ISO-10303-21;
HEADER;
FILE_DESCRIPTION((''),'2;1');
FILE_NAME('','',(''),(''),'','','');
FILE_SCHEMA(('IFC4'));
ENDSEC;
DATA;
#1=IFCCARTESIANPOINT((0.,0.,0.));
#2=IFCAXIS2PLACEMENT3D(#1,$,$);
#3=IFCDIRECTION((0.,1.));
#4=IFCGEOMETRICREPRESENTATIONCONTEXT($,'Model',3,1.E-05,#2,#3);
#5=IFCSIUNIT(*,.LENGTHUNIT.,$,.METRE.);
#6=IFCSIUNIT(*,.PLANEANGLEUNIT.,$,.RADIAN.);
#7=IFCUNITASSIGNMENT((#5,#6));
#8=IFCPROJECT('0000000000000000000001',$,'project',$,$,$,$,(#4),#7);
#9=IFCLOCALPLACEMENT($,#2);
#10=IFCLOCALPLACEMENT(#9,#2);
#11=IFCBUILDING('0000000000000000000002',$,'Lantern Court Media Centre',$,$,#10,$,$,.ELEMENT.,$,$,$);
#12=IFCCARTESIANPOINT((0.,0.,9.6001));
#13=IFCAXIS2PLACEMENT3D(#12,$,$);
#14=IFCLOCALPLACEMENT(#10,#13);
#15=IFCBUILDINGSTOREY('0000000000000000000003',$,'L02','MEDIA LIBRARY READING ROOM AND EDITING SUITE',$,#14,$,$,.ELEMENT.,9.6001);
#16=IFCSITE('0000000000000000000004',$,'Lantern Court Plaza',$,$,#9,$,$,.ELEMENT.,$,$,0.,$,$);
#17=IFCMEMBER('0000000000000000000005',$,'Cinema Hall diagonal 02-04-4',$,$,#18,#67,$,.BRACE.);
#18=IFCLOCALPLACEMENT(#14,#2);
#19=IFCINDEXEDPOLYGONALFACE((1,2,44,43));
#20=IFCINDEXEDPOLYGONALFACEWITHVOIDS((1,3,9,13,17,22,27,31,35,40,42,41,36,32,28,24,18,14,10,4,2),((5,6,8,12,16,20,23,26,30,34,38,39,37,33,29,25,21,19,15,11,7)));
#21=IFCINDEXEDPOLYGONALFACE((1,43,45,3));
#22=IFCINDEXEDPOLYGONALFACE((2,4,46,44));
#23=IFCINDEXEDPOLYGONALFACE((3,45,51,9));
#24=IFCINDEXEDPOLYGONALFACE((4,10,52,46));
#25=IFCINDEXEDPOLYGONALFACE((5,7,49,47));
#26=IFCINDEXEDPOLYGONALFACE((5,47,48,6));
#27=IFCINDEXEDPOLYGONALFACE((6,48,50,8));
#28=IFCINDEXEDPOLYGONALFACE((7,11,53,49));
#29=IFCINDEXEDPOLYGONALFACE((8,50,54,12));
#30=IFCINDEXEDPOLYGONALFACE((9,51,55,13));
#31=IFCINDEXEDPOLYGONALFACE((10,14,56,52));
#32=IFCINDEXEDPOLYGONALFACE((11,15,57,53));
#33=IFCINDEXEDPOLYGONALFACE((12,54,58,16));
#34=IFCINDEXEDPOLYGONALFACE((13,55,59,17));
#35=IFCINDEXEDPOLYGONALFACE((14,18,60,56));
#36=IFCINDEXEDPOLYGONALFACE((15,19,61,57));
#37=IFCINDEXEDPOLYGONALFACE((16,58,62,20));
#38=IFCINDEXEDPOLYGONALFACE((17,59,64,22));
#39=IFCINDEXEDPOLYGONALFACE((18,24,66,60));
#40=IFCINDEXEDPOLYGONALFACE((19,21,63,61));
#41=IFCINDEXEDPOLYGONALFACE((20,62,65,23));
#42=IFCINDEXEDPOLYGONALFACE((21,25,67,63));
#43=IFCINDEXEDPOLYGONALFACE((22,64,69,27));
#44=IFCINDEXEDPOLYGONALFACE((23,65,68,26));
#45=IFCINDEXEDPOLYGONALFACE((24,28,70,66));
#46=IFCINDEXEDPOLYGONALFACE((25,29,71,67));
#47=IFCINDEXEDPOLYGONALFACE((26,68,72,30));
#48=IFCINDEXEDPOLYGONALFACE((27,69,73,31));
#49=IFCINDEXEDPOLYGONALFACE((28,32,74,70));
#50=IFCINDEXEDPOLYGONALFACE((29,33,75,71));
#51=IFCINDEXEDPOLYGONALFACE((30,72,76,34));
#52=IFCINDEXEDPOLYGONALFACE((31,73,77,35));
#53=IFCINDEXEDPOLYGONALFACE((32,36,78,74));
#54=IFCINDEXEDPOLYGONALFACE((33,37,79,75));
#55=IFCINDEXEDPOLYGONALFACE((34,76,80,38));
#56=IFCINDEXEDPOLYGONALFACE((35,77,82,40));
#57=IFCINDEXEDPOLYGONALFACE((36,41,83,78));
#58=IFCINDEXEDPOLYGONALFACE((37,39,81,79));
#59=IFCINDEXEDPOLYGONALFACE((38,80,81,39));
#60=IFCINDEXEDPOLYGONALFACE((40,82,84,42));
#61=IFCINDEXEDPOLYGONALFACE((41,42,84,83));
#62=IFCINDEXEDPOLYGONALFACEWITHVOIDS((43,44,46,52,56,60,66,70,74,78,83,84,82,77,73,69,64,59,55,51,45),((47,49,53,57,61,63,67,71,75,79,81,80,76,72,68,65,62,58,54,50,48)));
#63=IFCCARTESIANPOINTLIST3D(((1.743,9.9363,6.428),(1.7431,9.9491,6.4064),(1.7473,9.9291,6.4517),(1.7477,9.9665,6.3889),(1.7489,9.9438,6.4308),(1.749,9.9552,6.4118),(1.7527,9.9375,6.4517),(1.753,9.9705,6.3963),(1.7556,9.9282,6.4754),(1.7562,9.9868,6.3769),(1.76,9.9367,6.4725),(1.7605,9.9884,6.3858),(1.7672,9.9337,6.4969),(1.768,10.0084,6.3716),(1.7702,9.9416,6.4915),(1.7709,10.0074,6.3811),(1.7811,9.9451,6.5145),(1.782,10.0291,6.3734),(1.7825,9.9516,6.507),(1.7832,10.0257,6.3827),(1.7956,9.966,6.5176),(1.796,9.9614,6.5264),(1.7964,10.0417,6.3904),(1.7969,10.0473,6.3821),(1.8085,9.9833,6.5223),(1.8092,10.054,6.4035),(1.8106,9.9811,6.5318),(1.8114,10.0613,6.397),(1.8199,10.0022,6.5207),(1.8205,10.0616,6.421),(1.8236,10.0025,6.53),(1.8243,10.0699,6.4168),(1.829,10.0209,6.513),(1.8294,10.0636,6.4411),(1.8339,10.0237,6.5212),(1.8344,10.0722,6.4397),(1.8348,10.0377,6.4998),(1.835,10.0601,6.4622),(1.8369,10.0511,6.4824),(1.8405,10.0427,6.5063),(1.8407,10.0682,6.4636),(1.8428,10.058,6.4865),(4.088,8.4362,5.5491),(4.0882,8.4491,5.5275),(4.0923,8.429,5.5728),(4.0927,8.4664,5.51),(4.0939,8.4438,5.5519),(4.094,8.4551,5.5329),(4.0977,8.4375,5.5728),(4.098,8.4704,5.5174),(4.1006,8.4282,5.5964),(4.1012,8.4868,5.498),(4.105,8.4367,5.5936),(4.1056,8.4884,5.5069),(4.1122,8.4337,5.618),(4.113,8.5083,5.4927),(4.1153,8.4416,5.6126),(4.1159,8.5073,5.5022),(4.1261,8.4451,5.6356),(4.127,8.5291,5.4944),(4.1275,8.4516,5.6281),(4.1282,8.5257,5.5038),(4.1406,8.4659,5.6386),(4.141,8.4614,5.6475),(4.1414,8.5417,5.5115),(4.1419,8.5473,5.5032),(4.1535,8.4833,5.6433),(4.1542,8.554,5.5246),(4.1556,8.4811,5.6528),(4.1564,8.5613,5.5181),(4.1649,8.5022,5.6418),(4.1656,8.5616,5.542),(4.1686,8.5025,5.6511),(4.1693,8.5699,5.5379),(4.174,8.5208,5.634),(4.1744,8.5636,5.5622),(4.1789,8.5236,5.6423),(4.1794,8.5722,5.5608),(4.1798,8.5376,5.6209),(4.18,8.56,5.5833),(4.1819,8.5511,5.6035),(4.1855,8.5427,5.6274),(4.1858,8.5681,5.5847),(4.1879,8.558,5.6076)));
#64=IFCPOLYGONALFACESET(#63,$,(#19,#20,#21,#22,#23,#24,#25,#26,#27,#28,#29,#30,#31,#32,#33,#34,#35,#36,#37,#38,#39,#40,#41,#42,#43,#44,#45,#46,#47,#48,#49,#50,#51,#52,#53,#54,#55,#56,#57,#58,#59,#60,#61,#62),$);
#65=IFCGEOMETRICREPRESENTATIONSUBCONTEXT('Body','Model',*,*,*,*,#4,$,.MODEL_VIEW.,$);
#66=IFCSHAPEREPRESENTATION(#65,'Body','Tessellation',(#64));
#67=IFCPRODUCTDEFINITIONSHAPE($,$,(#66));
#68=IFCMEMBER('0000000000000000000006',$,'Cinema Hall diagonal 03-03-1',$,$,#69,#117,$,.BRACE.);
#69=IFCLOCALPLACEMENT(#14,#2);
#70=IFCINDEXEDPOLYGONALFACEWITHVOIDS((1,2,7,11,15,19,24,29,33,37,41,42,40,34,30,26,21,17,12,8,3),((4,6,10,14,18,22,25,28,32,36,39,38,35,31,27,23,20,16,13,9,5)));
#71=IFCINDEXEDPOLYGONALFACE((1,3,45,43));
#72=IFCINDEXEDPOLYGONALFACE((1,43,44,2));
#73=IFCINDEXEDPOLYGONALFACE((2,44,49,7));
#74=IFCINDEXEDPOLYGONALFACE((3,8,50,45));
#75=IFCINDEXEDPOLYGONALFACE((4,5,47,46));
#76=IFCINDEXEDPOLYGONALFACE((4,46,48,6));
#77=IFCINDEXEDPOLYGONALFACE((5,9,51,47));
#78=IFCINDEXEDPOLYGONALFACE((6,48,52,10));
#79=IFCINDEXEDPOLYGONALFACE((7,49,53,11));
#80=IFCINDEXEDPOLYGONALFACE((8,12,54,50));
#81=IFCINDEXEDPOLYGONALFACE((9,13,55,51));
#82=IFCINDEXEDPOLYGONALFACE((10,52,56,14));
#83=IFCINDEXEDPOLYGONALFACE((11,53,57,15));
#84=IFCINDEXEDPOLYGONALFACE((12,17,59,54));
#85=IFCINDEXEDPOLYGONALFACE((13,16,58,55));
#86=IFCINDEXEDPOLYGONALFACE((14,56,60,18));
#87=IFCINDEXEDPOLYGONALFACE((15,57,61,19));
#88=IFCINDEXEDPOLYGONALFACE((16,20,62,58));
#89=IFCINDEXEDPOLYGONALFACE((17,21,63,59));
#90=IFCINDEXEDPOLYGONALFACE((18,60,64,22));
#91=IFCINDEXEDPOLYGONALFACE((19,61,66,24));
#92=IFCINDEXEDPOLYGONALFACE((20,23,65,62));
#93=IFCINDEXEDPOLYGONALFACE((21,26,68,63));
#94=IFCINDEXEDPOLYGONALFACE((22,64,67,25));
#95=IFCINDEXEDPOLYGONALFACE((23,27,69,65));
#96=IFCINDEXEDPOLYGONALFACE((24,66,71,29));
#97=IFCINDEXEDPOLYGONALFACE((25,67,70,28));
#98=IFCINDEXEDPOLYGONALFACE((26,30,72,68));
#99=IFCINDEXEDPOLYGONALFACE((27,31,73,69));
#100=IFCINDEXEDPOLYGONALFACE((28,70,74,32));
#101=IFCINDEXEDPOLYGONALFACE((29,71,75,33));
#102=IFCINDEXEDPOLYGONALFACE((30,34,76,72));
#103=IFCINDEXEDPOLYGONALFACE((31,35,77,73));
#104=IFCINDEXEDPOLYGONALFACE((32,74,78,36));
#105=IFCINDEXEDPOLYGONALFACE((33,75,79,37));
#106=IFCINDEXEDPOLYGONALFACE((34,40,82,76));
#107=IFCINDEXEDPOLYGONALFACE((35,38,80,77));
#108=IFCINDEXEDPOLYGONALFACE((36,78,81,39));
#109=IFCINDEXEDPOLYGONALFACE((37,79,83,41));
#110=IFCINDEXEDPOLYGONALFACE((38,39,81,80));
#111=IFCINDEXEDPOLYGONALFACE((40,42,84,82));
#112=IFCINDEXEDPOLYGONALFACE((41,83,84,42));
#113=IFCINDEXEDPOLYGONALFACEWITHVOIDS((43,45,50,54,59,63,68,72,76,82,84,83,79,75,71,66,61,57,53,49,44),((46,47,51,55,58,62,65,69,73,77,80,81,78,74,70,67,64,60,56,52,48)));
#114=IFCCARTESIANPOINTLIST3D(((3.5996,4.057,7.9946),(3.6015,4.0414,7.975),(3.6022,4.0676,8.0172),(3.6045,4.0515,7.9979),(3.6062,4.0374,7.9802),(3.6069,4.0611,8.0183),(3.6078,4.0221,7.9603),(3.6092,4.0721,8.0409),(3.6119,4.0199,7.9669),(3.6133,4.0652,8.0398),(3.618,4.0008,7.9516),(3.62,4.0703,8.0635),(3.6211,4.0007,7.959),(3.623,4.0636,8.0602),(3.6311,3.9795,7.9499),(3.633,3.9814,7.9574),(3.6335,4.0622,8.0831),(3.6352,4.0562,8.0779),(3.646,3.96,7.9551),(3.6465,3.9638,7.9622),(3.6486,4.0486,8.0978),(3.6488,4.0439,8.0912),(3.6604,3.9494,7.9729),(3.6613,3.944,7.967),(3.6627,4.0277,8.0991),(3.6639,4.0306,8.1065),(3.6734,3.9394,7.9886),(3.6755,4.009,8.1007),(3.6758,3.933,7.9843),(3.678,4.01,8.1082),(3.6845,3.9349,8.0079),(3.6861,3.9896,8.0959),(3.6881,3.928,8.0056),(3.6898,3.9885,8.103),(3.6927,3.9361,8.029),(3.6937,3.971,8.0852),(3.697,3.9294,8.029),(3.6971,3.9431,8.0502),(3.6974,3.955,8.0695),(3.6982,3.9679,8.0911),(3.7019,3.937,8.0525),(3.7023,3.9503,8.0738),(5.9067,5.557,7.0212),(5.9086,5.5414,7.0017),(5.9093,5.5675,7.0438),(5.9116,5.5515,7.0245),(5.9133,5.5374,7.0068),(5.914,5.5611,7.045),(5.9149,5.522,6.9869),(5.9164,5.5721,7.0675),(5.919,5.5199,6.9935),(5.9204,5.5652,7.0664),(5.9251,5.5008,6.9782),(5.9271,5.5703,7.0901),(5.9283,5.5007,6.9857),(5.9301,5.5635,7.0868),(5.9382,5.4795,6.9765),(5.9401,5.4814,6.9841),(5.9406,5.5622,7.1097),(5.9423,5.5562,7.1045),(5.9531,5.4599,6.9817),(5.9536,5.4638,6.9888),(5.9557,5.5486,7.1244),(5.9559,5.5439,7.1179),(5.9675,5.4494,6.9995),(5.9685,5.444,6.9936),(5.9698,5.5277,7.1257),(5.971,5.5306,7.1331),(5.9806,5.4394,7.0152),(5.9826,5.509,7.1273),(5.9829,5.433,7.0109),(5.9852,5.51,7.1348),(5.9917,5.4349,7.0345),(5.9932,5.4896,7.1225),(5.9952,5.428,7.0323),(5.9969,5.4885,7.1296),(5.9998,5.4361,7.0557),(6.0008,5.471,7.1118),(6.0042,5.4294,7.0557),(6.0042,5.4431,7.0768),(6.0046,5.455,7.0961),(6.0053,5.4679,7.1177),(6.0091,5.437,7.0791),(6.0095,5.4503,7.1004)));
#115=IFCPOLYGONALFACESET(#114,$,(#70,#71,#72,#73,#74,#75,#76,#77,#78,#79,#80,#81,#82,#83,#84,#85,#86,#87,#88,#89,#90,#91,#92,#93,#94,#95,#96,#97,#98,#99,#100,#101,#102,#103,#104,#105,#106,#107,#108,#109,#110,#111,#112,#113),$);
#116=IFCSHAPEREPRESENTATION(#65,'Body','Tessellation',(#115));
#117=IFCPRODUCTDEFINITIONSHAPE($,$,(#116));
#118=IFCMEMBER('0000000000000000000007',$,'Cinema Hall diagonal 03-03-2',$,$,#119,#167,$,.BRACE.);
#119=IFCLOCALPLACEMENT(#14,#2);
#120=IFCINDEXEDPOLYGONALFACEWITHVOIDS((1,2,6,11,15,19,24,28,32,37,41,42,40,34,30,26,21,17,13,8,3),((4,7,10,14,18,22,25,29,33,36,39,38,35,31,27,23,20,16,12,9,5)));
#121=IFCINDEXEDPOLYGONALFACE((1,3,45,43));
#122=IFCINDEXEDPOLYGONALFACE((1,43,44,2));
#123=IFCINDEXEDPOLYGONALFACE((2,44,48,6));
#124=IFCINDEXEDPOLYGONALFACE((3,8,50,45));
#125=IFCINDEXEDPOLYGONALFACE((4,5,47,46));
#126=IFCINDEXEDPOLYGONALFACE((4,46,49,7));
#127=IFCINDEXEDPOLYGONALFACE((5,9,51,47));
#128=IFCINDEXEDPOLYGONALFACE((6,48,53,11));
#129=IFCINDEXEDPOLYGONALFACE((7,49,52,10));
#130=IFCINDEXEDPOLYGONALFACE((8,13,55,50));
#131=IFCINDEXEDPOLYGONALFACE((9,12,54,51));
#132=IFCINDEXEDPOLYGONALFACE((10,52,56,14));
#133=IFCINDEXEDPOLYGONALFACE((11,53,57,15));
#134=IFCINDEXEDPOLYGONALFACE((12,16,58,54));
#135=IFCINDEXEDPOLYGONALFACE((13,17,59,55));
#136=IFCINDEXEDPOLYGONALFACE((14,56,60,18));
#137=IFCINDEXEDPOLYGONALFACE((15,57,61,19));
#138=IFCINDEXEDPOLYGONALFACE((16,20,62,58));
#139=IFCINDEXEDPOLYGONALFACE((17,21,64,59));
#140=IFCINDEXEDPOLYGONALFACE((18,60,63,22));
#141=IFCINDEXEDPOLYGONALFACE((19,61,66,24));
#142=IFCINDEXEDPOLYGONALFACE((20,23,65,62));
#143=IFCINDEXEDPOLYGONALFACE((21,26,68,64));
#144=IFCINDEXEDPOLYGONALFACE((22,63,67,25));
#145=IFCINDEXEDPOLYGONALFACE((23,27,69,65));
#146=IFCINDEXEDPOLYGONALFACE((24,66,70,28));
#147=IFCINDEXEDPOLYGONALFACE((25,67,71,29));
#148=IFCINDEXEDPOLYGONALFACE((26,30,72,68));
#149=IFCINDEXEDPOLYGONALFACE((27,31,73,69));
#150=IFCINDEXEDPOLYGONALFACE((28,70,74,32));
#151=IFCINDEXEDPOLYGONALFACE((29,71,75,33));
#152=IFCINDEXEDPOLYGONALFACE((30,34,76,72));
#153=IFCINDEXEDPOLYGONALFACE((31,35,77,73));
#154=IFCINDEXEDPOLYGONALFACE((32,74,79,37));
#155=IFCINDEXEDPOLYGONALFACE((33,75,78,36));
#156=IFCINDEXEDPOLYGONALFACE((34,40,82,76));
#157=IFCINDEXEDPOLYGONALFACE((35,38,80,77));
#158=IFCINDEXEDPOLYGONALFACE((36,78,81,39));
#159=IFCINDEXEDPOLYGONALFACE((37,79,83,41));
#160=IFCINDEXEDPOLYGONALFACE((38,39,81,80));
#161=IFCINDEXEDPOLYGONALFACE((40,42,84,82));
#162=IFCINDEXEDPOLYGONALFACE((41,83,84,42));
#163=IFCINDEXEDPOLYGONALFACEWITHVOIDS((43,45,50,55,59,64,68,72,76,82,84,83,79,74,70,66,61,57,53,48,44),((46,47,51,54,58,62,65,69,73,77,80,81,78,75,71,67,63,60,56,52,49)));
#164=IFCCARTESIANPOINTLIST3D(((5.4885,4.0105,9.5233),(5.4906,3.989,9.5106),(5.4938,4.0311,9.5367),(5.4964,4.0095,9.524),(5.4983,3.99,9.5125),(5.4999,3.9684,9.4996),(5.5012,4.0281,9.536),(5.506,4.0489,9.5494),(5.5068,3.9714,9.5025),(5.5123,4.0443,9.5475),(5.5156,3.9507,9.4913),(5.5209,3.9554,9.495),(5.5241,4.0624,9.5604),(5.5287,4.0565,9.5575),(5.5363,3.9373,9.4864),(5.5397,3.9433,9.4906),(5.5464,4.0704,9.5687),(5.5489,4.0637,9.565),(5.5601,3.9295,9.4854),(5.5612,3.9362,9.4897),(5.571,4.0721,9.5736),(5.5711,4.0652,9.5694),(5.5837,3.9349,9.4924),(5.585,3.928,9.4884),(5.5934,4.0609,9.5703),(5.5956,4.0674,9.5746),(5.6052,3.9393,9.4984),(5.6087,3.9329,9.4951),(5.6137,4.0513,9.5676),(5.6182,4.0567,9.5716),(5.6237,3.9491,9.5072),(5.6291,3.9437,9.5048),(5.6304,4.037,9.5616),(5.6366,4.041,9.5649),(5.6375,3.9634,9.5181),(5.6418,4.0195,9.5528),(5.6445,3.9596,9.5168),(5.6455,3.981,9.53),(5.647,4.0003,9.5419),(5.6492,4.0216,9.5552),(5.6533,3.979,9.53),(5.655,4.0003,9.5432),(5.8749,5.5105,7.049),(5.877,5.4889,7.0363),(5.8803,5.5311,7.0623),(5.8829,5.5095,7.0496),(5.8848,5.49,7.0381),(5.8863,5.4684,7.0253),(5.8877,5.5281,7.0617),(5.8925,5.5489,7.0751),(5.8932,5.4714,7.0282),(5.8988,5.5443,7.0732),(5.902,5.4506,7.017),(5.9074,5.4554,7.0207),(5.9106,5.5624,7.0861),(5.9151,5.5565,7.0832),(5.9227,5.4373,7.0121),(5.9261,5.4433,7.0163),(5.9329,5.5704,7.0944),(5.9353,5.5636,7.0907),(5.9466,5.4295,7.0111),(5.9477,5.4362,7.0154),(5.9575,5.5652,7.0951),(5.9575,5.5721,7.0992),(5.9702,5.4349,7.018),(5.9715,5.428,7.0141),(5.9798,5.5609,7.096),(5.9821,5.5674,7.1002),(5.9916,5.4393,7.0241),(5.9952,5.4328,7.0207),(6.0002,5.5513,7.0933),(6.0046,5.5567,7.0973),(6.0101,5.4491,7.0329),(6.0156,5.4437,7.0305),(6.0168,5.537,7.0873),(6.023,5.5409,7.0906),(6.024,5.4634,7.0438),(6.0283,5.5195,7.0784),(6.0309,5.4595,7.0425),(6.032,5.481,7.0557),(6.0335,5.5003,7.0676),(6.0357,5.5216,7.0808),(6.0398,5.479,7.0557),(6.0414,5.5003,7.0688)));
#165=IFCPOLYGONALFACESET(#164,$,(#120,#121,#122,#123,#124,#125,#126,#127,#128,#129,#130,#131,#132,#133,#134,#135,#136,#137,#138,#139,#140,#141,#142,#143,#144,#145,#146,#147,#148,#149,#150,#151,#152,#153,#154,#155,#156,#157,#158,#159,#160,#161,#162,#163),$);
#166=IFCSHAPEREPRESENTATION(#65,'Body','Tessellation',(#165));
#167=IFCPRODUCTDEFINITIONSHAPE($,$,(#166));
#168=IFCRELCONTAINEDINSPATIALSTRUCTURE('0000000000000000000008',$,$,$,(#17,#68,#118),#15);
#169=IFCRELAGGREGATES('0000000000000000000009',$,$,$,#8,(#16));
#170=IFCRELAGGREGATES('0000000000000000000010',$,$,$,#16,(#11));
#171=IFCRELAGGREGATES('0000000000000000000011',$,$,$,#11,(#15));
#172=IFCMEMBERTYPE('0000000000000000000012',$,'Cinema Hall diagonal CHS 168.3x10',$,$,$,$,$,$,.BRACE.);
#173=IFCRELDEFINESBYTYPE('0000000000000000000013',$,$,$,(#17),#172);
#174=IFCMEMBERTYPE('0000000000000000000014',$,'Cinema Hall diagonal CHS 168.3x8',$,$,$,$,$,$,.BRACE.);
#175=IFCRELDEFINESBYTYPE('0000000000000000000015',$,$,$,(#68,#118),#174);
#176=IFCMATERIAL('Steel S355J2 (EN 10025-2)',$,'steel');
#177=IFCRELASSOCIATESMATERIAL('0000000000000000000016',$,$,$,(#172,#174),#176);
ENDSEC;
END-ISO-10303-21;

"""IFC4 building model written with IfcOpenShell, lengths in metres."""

from ifc_helpers import new_model, si_unit, direction, frame, origin, origin_2d, place, context, subcontext, project, spatial, hollow_circle, extrude, material, material_profile, profile_set, type_object, element, save


model = new_model("IFC4")

# Units and contexts
model_context = context("Model", 3, precision=1e-05, world=origin(), true_north=direction((0.0, 1.0)))
body_context = subcontext(model_context, "Body", "Model", "MODEL_VIEW")
ifc_project = project(units=[si_unit("LENGTHUNIT", "METRE"), si_unit("PLANEANGLEUNIT", "RADIAN")], contexts=[model_context])

# Site, building, storey
site_placement = place(None, origin())
site = spatial("IfcSite", under=ifc_project, at=site_placement, Name="Lantern Court Plaza", CompositionType="ELEMENT", RefElevation=0.0)
building_placement = place(site_placement, origin())
building = spatial("IfcBuilding", under=site, at=building_placement, Name="Lantern Court Media Centre", CompositionType="ELEMENT")
storey_placement = place(building_placement, frame((0.0, 0.0, 9.6001)))
storey = spatial("IfcBuildingStorey", under=building, at=storey_placement, Name="L02", Description="MEDIA LIBRARY READING ROOM AND EDITING SUITE", CompositionType="ELEMENT", Elevation=9.6001)

# Members
ifc_material = material(Name="Steel S355J2 (EN 10025-2)", Category="steel")
ifc_material_profile_1 = material_profile(ifc_material, hollow_circle(Radius=0.0842, WallThickness=0.01, at=origin_2d()), Name="Cinema Hall diagonal CHS 168.3x10")
ifc_profile_set_1 = profile_set([ifc_material_profile_1], Name="Steel S355J2 (EN 10025-2)")
member_type_1 = type_object("IfcMemberType", Name="Cinema Hall diagonal CHS 168.3x10", PredefinedType="BRACE", material=ifc_profile_set_1)
member_1_placement = place(storey_placement, frame((4.1377, 8.5, 5.5728), z_axis=(-0.803309, 0.51385, 0.301084), x_axis=(-0.538855, -0.842399, 0.0)))
element("IfcMember", 1, at=member_1_placement, inside=storey, type_object=member_type_1, Name="Cinema Hall diagonal 02-04-4", PredefinedType="BRACE", context=body_context, shape_type="SweptSolid", body=[
    extrude(hollow_circle(Radius=0.0842, WallThickness=0.01, at=origin_2d()), origin(), (0.0, 0.0, 1.0), 2.9192),
])
ifc_material_profile_2 = material_profile(ifc_material, hollow_circle(Radius=0.0842, WallThickness=0.0081, at=origin_2d()), Name="Cinema Hall diagonal CHS 168.3x8")
ifc_profile_set_2 = profile_set([ifc_material_profile_2], Name="Steel S355J2 (EN 10025-2)")
member_type_2 = type_object("IfcMemberType", Name="Cinema Hall diagonal CHS 168.3x8", PredefinedType="BRACE", material=ifc_profile_set_2)
member_2_placement = place(storey_placement, frame((5.9583, 5.5, 7.0557), z_axis=(-0.790394, -0.513882, 0.333471), x_axis=(0.545082, -0.838383, 0.0)))
element("IfcMember", 2, at=member_2_placement, inside=storey, type_object=member_type_2, Name="Cinema Hall diagonal 03-03-1", PredefinedType="BRACE", context=body_context, shape_type="SweptSolid", body=[
    extrude(hollow_circle(Radius=0.0842, WallThickness=0.0081, at=origin_2d()), origin(), (0.0, 0.0, 1.0), 2.9189),
])
for number, where, z_axis, x_axis, name in (
    (3, (5.9583, 5.5, 7.0557), (-0.13239, -0.513836, 0.847612), (0.968374, -0.249501, 0.0), "Cinema Hall diagonal 03-03-2"),
):
    element("IfcMember", number, at=place(storey_placement, frame(where, z_axis=z_axis, x_axis=x_axis)), inside=storey, type_object=member_type_2, Name=name, PredefinedType="BRACE", context=body_context, shape_type="SweptSolid", body=[
        extrude(hollow_circle(Radius=0.0842, WallThickness=0.0081, at=origin_2d()), origin(), (0.0, 0.0, 1.0), 2.9192),
    ])

save(model, "model.ifc")
